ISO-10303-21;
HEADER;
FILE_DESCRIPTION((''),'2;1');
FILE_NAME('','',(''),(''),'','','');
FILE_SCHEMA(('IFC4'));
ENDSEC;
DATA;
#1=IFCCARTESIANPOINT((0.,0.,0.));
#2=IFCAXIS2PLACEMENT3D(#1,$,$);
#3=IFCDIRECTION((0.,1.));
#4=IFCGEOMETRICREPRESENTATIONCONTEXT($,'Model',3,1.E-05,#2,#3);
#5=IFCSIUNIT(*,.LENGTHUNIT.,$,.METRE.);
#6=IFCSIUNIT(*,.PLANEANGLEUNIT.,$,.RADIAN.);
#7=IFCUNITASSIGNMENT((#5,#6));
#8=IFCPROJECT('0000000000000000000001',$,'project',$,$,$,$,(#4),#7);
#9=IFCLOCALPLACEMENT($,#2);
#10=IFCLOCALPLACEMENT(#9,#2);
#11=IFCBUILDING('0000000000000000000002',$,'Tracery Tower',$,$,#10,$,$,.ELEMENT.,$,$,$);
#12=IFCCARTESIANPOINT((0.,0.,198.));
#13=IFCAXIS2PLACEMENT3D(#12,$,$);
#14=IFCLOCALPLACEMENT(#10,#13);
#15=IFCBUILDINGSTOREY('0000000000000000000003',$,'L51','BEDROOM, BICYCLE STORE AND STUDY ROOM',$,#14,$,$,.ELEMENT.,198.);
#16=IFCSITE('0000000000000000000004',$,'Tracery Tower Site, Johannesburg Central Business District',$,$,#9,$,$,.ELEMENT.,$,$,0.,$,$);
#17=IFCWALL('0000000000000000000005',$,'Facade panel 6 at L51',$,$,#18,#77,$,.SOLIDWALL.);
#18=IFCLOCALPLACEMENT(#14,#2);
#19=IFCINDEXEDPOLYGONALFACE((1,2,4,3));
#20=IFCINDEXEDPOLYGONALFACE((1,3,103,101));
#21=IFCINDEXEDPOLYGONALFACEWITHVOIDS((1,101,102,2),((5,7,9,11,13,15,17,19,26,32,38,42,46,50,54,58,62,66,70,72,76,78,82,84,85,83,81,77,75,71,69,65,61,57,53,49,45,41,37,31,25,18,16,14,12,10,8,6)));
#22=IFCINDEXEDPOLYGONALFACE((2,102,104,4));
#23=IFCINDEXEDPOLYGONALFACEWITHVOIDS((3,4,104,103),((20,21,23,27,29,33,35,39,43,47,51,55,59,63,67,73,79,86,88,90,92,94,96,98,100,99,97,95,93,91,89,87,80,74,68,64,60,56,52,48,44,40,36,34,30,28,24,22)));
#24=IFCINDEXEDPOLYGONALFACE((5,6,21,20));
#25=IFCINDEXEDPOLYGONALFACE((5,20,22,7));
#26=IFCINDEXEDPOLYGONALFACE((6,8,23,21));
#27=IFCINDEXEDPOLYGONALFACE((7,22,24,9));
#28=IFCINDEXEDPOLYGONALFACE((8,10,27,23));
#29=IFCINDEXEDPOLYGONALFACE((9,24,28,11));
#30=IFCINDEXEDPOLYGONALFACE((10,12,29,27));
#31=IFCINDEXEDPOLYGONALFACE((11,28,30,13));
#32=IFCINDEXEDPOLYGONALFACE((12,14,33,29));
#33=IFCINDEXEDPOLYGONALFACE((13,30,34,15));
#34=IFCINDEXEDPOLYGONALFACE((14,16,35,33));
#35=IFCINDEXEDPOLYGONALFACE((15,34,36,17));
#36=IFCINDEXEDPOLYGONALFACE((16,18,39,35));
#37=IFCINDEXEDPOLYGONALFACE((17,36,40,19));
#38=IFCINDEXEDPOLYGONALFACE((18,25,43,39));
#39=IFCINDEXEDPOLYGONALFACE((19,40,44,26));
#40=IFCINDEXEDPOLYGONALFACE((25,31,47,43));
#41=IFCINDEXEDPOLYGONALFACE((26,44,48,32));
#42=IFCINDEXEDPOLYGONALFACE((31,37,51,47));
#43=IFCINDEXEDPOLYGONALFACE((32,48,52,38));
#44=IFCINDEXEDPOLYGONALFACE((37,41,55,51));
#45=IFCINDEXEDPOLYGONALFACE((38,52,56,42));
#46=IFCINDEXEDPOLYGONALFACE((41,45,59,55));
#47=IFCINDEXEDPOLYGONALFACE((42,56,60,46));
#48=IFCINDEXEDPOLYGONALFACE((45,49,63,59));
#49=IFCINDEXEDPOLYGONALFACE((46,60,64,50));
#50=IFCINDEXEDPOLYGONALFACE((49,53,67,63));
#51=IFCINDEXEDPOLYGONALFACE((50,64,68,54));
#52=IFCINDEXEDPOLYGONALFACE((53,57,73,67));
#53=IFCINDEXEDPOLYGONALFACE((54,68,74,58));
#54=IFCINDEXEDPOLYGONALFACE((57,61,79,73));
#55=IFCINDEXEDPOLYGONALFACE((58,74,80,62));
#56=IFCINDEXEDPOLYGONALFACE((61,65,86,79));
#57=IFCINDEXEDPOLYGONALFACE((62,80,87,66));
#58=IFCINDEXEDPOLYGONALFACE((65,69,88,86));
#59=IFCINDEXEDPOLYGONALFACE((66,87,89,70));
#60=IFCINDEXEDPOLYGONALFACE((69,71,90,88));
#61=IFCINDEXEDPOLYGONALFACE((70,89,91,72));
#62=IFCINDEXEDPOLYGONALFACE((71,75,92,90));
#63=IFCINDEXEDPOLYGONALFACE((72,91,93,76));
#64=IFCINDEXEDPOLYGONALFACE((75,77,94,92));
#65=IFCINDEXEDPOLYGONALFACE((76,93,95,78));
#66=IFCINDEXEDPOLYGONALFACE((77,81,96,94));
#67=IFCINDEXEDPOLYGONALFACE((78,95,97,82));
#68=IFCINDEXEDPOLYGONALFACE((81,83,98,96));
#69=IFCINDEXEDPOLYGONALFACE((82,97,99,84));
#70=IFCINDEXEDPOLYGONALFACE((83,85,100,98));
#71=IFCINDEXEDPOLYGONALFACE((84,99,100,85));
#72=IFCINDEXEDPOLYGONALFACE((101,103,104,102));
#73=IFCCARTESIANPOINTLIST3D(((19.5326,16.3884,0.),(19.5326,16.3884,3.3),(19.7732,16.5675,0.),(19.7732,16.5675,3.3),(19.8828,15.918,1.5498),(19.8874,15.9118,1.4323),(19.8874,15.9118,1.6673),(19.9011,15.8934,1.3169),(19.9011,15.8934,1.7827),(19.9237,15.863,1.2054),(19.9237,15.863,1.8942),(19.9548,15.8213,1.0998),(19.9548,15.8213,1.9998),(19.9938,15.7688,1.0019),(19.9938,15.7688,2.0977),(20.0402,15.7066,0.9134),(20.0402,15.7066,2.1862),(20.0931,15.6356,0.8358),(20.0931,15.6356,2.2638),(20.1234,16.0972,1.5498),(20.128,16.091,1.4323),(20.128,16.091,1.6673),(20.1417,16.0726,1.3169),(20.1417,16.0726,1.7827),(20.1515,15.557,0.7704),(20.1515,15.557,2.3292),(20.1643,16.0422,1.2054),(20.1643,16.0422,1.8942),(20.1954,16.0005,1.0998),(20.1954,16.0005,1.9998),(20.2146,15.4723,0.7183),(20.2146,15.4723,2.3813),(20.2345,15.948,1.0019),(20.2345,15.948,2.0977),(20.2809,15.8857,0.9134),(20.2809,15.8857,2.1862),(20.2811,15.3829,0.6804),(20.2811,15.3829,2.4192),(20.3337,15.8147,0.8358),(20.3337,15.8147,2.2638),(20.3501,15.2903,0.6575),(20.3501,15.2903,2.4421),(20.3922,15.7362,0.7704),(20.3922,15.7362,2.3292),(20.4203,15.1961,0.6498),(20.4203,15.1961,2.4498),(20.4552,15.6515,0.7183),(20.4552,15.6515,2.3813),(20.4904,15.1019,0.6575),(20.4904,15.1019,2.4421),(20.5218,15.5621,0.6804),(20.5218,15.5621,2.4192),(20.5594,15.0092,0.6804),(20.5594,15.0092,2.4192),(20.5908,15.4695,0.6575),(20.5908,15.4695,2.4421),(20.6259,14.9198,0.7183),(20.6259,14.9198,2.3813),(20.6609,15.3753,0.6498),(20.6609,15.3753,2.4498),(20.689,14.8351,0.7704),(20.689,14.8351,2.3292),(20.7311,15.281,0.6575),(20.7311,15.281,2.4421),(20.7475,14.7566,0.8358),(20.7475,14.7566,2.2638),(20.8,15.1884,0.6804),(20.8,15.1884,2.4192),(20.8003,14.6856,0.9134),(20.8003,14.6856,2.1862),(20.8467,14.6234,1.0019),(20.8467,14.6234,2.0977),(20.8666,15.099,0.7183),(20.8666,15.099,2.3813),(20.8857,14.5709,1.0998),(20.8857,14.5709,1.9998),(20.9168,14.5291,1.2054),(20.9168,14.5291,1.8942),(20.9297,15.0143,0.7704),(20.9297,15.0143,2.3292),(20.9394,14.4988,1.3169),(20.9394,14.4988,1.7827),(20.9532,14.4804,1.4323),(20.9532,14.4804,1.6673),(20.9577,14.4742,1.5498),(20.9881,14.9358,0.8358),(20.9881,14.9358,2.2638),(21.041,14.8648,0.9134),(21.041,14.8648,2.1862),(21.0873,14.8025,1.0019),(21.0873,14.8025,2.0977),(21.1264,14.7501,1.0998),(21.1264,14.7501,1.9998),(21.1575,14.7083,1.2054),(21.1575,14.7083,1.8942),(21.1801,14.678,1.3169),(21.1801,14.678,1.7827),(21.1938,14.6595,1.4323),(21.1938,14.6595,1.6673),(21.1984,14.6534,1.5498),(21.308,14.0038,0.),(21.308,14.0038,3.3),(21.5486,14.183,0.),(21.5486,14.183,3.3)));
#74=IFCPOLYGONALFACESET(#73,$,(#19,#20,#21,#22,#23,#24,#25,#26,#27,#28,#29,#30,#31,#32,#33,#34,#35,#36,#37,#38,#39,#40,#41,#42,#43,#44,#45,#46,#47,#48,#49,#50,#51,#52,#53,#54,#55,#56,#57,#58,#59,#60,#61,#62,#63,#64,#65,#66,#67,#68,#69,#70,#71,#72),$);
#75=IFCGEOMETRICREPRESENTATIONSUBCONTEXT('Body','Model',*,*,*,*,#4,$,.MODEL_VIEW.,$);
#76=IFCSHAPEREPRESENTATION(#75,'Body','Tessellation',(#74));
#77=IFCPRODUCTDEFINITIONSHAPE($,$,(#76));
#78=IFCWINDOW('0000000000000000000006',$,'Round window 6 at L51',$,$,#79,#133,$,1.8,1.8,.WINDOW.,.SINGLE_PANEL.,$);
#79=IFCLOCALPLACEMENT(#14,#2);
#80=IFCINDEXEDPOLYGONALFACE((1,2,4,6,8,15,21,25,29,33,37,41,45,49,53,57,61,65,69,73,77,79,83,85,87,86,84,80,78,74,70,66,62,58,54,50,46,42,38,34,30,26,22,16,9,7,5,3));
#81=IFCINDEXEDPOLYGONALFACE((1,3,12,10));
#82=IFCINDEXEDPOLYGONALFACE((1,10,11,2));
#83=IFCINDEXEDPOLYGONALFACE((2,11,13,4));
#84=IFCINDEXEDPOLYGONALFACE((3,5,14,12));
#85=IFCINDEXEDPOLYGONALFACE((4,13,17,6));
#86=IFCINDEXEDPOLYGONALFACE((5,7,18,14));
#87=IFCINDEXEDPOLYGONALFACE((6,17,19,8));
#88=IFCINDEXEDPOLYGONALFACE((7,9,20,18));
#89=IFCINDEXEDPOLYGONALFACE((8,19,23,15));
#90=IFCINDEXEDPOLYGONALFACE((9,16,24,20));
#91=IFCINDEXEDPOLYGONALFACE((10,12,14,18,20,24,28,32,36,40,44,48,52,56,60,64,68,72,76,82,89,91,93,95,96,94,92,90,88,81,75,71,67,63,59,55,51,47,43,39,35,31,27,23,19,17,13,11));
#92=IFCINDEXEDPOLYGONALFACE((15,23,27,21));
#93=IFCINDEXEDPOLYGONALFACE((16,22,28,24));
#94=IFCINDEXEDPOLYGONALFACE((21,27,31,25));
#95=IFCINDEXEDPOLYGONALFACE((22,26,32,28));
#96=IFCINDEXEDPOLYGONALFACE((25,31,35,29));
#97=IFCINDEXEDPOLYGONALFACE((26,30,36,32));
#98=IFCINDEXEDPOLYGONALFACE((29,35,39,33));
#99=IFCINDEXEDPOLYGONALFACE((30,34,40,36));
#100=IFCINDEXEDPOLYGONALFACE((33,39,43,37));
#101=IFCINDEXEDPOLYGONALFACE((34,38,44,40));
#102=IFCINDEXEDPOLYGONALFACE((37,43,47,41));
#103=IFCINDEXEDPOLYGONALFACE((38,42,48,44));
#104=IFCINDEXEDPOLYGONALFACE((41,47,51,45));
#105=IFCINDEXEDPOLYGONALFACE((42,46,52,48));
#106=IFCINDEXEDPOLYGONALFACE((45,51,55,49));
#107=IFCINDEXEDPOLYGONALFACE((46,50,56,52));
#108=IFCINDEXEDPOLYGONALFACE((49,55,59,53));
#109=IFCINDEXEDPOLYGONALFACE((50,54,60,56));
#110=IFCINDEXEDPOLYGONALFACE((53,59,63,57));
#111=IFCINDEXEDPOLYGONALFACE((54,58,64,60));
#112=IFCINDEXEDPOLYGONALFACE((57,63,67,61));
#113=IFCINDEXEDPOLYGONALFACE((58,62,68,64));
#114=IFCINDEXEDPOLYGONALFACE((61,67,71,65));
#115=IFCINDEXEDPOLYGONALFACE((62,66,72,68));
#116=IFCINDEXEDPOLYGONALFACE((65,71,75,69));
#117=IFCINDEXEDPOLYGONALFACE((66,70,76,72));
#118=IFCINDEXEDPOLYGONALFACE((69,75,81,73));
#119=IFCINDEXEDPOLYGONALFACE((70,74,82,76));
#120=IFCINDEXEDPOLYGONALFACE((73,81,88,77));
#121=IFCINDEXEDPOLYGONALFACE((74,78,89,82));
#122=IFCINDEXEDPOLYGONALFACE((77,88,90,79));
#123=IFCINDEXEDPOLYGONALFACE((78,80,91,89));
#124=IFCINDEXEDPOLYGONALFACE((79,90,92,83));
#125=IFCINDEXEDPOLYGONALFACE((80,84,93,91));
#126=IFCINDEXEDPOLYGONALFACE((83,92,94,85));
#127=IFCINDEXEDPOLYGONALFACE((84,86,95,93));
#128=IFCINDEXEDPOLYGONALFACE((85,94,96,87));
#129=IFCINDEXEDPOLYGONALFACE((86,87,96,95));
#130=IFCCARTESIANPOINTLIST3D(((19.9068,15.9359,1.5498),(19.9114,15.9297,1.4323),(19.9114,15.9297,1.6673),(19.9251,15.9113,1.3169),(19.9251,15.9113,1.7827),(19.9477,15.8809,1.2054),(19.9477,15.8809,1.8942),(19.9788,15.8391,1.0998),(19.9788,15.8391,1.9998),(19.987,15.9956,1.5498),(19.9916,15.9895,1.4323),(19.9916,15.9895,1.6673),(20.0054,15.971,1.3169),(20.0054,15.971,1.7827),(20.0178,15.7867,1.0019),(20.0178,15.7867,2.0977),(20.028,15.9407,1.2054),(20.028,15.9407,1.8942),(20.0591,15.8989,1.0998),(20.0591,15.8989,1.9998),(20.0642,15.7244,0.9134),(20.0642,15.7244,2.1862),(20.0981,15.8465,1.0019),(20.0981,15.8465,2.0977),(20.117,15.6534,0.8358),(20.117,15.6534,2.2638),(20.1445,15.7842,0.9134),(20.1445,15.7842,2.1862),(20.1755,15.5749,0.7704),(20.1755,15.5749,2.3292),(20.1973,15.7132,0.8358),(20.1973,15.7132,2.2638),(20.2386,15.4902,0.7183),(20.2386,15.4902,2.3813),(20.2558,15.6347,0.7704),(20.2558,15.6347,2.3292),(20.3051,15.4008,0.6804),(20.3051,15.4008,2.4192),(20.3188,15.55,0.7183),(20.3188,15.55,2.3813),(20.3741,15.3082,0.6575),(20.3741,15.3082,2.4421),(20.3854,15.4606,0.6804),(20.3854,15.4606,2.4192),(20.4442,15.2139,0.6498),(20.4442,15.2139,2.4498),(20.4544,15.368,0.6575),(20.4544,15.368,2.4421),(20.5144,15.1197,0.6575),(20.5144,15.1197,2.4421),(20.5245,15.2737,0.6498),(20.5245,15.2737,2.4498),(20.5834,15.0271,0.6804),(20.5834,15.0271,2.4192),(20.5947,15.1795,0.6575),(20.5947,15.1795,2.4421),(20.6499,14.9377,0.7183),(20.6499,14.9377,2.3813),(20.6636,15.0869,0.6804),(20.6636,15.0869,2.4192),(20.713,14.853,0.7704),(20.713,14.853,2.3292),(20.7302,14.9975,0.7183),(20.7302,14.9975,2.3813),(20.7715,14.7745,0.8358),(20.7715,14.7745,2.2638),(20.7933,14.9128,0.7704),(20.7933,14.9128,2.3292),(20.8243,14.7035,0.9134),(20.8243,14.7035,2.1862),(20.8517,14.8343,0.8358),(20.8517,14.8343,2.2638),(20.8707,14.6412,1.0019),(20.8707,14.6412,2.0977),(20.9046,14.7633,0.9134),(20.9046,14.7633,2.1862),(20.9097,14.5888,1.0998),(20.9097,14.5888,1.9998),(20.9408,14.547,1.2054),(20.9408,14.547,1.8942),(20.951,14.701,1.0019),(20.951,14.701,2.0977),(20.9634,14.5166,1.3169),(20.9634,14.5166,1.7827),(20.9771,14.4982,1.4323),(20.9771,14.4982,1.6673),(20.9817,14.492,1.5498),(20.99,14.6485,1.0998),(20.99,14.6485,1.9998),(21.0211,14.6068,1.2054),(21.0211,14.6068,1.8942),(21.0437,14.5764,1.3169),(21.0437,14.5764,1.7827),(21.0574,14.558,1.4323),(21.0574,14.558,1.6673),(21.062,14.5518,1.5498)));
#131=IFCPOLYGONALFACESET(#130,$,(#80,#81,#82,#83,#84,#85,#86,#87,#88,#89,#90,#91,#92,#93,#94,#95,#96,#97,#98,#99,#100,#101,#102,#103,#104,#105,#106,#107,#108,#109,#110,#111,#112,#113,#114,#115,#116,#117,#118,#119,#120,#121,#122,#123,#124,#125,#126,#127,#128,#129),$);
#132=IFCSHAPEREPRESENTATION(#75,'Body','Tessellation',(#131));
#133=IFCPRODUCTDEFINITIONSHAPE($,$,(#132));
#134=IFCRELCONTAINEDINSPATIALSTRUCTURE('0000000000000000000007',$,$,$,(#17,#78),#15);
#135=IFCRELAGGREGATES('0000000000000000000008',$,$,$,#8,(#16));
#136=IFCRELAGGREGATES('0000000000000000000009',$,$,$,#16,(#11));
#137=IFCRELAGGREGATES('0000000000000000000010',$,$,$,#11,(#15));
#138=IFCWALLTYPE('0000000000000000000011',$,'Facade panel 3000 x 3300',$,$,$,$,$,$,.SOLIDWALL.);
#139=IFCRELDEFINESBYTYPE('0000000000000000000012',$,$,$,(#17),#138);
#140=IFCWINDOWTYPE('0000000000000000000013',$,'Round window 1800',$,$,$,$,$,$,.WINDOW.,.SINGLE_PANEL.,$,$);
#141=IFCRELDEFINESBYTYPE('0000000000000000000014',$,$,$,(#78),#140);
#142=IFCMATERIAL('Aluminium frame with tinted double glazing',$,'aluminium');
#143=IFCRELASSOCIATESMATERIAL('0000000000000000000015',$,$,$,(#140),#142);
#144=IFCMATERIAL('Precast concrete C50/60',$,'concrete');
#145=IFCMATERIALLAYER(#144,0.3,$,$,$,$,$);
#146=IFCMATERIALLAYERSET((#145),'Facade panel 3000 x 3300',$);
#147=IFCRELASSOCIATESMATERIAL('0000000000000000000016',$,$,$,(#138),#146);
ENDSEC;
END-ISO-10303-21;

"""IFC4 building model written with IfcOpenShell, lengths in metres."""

from ifc_helpers import new_model, si_unit, direction, frame, frame_2d, origin, origin_2d, place, context, subcontext, project, spatial, rectangle, circle, extrude, material, layer, layer_set, type_object, element, fill, save


model = new_model("IFC4")

# Units and contexts
model_context = context("Model", 3, precision=1e-05, world=origin(), true_north=direction((0.0, 1.0)))
body_context = subcontext(model_context, "Body", "Model", "MODEL_VIEW")
ifc_project = project(units=[si_unit("LENGTHUNIT", "METRE"), si_unit("PLANEANGLEUNIT", "RADIAN")], contexts=[model_context])

# Site, building, storey
site_placement = place(None, origin())
site = spatial("IfcSite", under=ifc_project, at=site_placement, Name="Tracery Tower Site, Johannesburg Central Business District", CompositionType="ELEMENT", RefElevation=0.0)
building_placement = place(site_placement, origin())
building = spatial("IfcBuilding", under=site, at=building_placement, Name="Tracery Tower", CompositionType="ELEMENT")
storey_placement = place(building_placement, frame((0.0, 0.0, 198.0)))
storey = spatial("IfcBuildingStorey", under=building, at=storey_placement, Name="L51", Description="BEDROOM, BICYCLE STORE AND STUDY ROOM", CompositionType="ELEMENT", Elevation=198.0)

# Wall, opening, window
ifc_material_1 = material(Name="Aluminium frame with tinted double glazing", Category="aluminium")
window_type = type_object("IfcWindowType", Name="Round window 1800", PartitioningType="SINGLE_PANEL", PredefinedType="WINDOW", material=ifc_material_1)
ifc_material_2 = material(Name="Precast concrete C50/60", Category="concrete")
ifc_layer_1 = layer(ifc_material_2, 0.3)
ifc_layer_set_1 = layer_set([ifc_layer_1], Name="Facade panel 3000 x 3300")
wall_type_1 = type_object("IfcWallType", Name="Facade panel 3000 x 3300", PredefinedType="SOLIDWALL", material=ifc_layer_set_1)
wall_1_placement = place(storey_placement, frame((21.4282, 14.0935, 0.0), z_axis=(0.0, 0.0, 1.0), x_axis=(-0.597198, 0.802094, 0.0)))
wall_1 = element("IfcWall", 1, at=wall_1_placement, inside=storey, type_object=wall_type_1, Name="Facade panel 6 at L51", PredefinedType="SOLIDWALL", context=body_context, shape_type="SweptSolid", body=[
    extrude(rectangle(XDim=2.9729, YDim=0.3, at=frame_2d((1.4863, 0.0))), origin(), (0.0, 0.0, 1.0), 3.3),
])
opening_1_placement = place(wall_1_placement, frame((1.4863, 0.0, 1.5498)))
opening_1 = element("IfcOpeningElement", 2, at=opening_1_placement, cuts=wall_1, PredefinedType="OPENING", context=body_context, shape_type="SweptSolid", body=[
    extrude(circle(Radius=0.9, at=origin_2d()), frame((0.0, 0.1599, 0.0), z_axis=(0.0, -1.0, 0.0), x_axis=(1.0, 0.0, 0.0)), (0.0, 0.0, 1.0), 0.3201),
])
window_1_placement = place(opening_1_placement, origin())
window_1 = element("IfcWindow", 3, at=window_1_placement, inside=storey, type_object=window_type, Name="Round window 6 at L51", OverallHeight=1.8, OverallWidth=1.8, PartitioningType="SINGLE_PANEL", PredefinedType="WINDOW", context=body_context, shape_type="SweptSolid", body=[
    extrude(circle(Radius=0.9, at=origin_2d()), frame((0.0, 0.1201, 0.0), z_axis=(0.0, -1.0, 0.0), x_axis=(1.0, 0.0, 0.0)), (0.0, 0.0, 1.0), 0.1001),
])
fill(opening_1, window_1)

save(model, "model.ifc")
